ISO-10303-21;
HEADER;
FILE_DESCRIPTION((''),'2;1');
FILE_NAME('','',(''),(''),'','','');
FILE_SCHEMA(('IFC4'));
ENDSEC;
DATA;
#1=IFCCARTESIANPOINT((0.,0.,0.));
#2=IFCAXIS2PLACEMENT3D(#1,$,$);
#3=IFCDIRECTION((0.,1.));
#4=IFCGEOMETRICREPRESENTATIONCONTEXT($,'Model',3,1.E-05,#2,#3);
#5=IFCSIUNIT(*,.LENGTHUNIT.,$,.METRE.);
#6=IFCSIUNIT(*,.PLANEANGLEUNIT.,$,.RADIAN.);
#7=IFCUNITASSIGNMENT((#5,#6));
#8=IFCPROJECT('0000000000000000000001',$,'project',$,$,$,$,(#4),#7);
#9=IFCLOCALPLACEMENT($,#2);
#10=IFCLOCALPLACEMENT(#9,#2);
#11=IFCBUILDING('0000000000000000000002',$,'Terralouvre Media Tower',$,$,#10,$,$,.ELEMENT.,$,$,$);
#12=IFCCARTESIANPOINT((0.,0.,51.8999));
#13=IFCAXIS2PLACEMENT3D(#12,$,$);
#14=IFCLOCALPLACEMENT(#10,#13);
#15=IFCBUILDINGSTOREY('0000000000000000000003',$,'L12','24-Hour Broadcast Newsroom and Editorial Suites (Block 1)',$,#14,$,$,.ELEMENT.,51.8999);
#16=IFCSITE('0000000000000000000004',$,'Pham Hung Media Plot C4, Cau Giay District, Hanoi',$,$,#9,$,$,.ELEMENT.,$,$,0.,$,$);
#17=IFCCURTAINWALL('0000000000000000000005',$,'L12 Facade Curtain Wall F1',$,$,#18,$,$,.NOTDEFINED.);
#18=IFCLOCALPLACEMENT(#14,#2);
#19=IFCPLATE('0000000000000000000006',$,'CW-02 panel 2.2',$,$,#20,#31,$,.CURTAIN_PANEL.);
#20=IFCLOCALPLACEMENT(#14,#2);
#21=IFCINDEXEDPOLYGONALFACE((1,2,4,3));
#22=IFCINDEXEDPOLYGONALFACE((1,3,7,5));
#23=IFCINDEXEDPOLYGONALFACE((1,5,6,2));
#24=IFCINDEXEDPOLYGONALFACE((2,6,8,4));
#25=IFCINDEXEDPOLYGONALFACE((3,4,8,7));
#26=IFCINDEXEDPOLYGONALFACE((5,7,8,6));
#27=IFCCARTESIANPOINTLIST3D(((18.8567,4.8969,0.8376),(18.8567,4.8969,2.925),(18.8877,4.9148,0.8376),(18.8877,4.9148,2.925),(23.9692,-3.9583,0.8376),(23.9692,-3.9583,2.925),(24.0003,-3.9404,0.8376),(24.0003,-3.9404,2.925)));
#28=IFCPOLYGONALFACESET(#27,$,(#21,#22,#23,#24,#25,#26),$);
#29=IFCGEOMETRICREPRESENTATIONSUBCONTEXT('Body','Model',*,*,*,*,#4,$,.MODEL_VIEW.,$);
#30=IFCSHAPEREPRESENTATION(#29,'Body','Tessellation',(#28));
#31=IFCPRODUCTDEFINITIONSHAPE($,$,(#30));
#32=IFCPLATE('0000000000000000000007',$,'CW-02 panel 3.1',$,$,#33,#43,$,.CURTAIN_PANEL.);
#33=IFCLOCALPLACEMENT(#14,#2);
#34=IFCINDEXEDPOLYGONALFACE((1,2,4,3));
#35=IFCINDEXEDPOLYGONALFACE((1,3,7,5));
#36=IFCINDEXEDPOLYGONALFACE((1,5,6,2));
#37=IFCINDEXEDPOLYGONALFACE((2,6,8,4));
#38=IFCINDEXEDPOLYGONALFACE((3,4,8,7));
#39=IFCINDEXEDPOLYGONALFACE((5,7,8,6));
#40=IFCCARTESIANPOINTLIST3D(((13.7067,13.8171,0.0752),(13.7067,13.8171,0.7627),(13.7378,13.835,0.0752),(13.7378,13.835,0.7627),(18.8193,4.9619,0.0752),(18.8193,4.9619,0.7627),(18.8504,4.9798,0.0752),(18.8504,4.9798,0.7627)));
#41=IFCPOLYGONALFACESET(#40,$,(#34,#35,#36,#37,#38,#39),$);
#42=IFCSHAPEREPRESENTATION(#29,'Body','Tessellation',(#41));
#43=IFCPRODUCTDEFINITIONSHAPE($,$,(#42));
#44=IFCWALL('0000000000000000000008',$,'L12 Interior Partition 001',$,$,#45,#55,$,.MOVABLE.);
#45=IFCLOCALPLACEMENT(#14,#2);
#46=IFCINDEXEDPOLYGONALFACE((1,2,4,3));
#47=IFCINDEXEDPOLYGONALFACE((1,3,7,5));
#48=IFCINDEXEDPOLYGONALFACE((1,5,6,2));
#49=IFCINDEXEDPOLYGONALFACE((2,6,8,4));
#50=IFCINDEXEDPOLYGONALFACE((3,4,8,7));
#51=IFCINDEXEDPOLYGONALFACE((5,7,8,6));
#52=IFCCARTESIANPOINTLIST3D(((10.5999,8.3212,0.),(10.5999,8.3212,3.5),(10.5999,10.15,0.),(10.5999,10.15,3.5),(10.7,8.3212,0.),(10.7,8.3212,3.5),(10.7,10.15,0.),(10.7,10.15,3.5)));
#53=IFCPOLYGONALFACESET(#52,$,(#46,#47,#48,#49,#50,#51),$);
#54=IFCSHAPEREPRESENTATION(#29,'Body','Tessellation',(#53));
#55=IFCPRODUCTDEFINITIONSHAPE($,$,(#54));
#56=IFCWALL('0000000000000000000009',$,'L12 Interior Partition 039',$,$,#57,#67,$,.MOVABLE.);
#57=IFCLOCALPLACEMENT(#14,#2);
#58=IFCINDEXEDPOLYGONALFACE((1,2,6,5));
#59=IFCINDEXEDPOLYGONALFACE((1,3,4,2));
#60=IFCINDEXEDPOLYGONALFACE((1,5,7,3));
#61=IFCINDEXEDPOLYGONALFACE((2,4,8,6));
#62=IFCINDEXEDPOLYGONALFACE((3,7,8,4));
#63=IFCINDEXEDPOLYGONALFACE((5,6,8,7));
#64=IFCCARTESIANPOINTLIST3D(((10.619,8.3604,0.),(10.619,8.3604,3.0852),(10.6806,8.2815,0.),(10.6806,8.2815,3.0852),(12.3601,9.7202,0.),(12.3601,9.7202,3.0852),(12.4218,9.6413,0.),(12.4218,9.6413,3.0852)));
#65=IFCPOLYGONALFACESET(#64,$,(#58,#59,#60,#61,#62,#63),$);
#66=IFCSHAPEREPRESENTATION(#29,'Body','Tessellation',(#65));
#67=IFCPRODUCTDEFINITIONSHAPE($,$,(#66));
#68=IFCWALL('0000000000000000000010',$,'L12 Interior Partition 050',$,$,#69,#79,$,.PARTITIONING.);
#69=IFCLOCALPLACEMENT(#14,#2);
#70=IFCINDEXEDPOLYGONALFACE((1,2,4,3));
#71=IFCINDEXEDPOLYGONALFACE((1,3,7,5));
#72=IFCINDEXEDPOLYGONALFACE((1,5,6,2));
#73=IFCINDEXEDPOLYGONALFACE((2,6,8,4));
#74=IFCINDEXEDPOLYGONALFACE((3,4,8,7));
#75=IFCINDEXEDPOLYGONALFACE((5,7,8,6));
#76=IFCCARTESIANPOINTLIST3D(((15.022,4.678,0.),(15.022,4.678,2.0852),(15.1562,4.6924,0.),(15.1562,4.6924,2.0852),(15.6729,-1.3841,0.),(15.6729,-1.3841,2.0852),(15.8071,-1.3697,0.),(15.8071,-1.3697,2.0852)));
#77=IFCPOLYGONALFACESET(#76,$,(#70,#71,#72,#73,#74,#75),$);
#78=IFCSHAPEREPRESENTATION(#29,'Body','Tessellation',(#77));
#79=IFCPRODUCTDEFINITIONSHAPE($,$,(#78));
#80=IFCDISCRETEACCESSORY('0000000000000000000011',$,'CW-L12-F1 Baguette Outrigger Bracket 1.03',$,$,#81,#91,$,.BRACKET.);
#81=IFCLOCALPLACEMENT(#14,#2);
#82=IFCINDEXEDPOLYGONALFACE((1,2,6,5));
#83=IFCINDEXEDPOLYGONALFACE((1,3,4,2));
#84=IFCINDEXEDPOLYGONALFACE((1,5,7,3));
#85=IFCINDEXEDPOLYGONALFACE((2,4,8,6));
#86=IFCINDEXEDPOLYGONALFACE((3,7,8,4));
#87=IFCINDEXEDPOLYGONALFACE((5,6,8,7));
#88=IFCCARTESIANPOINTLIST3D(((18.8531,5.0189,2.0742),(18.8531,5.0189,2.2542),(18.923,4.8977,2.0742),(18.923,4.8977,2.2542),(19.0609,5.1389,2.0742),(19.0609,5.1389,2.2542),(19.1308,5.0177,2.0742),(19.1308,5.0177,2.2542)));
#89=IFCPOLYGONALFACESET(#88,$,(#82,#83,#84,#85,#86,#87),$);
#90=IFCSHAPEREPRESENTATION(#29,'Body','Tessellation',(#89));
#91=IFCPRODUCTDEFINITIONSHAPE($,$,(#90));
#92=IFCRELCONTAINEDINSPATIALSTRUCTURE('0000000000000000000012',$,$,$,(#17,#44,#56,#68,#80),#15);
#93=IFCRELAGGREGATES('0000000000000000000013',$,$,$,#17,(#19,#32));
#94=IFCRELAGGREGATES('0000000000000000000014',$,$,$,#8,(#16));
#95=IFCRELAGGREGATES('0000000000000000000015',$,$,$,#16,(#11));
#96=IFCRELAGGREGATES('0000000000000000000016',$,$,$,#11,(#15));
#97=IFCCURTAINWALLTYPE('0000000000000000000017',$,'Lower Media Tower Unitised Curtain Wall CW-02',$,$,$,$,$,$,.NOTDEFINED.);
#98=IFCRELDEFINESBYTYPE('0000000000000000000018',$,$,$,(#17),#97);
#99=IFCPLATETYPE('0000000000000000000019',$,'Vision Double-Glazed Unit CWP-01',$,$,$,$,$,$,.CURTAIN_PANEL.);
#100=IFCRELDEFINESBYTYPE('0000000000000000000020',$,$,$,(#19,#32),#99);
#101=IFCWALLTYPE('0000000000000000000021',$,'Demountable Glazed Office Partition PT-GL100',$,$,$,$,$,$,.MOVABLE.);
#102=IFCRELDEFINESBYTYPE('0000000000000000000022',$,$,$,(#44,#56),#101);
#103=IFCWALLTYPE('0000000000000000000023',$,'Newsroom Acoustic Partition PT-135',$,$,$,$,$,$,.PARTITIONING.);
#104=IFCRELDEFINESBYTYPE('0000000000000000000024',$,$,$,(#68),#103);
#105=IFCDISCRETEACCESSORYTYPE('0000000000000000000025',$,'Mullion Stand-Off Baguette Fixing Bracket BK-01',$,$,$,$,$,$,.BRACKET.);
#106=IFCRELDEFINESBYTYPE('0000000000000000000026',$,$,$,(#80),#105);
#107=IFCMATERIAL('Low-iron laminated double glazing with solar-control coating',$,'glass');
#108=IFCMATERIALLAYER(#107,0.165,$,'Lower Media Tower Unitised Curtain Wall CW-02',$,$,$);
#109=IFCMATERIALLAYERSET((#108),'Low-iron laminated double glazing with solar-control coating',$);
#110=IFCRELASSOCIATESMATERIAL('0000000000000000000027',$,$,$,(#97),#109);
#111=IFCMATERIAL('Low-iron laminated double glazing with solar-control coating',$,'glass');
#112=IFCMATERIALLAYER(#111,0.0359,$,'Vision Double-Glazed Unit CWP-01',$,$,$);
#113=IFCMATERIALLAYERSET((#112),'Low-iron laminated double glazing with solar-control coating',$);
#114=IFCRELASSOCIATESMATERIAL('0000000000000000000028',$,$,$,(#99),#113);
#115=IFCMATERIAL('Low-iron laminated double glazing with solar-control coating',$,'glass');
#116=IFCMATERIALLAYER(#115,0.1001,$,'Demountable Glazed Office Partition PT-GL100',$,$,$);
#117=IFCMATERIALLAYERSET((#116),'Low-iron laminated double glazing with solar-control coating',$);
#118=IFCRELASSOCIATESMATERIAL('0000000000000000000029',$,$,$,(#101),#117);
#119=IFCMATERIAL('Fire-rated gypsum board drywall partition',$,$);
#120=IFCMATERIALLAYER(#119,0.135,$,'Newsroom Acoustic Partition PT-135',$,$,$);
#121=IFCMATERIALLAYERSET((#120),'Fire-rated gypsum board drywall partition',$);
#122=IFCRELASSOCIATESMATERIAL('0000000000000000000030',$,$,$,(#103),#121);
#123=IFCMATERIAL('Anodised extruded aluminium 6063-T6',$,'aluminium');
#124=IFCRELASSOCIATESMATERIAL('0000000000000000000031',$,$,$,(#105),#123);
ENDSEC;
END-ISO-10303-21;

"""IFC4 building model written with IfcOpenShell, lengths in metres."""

from ifc_helpers import new_model, si_unit, direction, frame, frame_2d, origin, origin_2d, place, context, subcontext, project, spatial, rectangle, extrude, material, layer, layer_set, type_object, element, aggregate, save


model = new_model("IFC4")

# Units and contexts
model_context = context("Model", 3, precision=1e-05, world=origin(), true_north=direction((0.0, 1.0)))
body_context = subcontext(model_context, "Body", "Model", "MODEL_VIEW")
ifc_project = project(units=[si_unit("LENGTHUNIT", "METRE"), si_unit("PLANEANGLEUNIT", "RADIAN")], contexts=[model_context])

# Site, building, storey
site_placement = place(None, origin())
site = spatial("IfcSite", under=ifc_project, at=site_placement, Name="Pham Hung Media Plot C4, Cau Giay District, Hanoi", CompositionType="ELEMENT", RefElevation=0.0)
building_placement = place(site_placement, origin())
building = spatial("IfcBuilding", under=site, at=building_placement, Name="Terralouvre Media Tower", CompositionType="ELEMENT")
storey_placement = place(building_placement, frame((0.0, 0.0, 51.8999)))
storey = spatial("IfcBuildingStorey", under=building, at=storey_placement, Name="L12", Description="24-Hour Broadcast Newsroom and Editorial Suites (Block 1)", CompositionType="ELEMENT", Elevation=51.8999)

# Curtain wall
ifc_material_1 = material(Name="Low-iron laminated double glazing with solar-control coating", Category="glass")
ifc_layer_1 = layer(ifc_material_1, 0.165, Name="Lower Media Tower Unitised Curtain Wall CW-02")
ifc_layer_set_1 = layer_set([ifc_layer_1], Name="Low-iron laminated double glazing with solar-control coating")
curtain_wall_type = type_object("IfcCurtainWallType", Name="Lower Media Tower Unitised Curtain Wall CW-02", PredefinedType="NOTDEFINED", material=ifc_layer_set_1)
curtain_wall_placement = place(storey_placement, origin())
curtain_wall = element("IfcCurtainWall", 1, at=curtain_wall_placement, inside=storey, type_object=curtain_wall_type, Name="L12 Facade Curtain Wall F1", PredefinedType="NOTDEFINED")

# Plates
ifc_material_2 = material(Name="Low-iron laminated double glazing with solar-control coating", Category="glass")
ifc_layer_2 = layer(ifc_material_2, 0.0359, Name="Vision Double-Glazed Unit CWP-01")
ifc_layer_set_2 = layer_set([ifc_layer_2], Name="Low-iron laminated double glazing with solar-control coating")
plate_type = type_object("IfcPlateType", Name="Vision Double-Glazed Unit CWP-01", PredefinedType="CURTAIN_PANEL", material=ifc_layer_set_2)
plate_1_placement = place(storey_placement, frame((21.4285, 0.4783, 0.8376), z_axis=(0.0, 0.0, 1.0), x_axis=(-0.5, 0.866025, 0.0)))
plate_1 = element("IfcPlate", 2, at=plate_1_placement, type_object=plate_type, Name="CW-02 panel 2.2", PredefinedType="CURTAIN_PANEL", context=body_context, shape_type="SweptSolid", body=[
    extrude(rectangle(XDim=10.2251, YDim=0.0359, at=origin_2d()), origin(), (0.0, 0.0, 1.0), 2.0874),
])
plate_2_placement = place(storey_placement, frame((16.2786, 9.3984, 0.0752), z_axis=(0.0, 0.0, 1.0), x_axis=(-0.5, 0.866025, 0.0)))
plate_2 = element("IfcPlate", 3, at=plate_2_placement, type_object=plate_type, Name="CW-02 panel 3.1", PredefinedType="CURTAIN_PANEL", context=body_context, shape_type="SweptSolid", body=[
    extrude(rectangle(XDim=10.2251, YDim=0.0359, at=origin_2d()), origin(), (0.0, 0.0, 1.0), 0.6875),
])
aggregate(curtain_wall, [plate_1, plate_2])

# Walls
ifc_material_3 = material(Name="Low-iron laminated double glazing with solar-control coating", Category="glass")
ifc_layer_3 = layer(ifc_material_3, 0.1001, Name="Demountable Glazed Office Partition PT-GL100")
ifc_layer_set_3 = layer_set([ifc_layer_3], Name="Low-iron laminated double glazing with solar-control coating")
wall_type_1 = type_object("IfcWallType", Name="Demountable Glazed Office Partition PT-GL100", PredefinedType="MOVABLE", material=ifc_layer_set_3)
wall_1_placement = place(storey_placement, frame((10.6499, 8.321, 0.0), z_axis=(0.0, 0.0, 1.0), x_axis=(0.0, 1.0, 0.0)))
element("IfcWall", 4, at=wall_1_placement, inside=storey, type_object=wall_type_1, Name="L12 Interior Partition 001", PredefinedType="MOVABLE", context=body_context, shape_type="SweptSolid", body=[
    extrude(rectangle(XDim=1.8289, YDim=0.1001, at=frame_2d((0.9146, 0.0))), origin(), (0.0, 0.0, 1.0), 3.5),
])
wall_2_placement = place(storey_placement, frame((10.6499, 8.321, 0.0), z_axis=(0.0, 0.0, 1.0), x_axis=(0.788125, 0.615515, 0.0)))
element("IfcWall", 5, at=wall_2_placement, inside=storey, type_object=wall_type_1, Name="L12 Interior Partition 039", PredefinedType="MOVABLE", context=body_context, shape_type="SweptSolid", body=[
    extrude(rectangle(XDim=2.2092, YDim=0.1001, at=frame_2d((1.1045, 0.0))), origin(), (0.0, 0.0, 1.0), 3.0852),
])
ifc_material_4 = material(Name="Fire-rated gypsum board drywall partition")
ifc_layer_4 = layer(ifc_material_4, 0.135, Name="Newsroom Acoustic Partition PT-135")
ifc_layer_set_4 = layer_set([ifc_layer_4], Name="Fire-rated gypsum board drywall partition")
wall_type_2 = type_object("IfcWallType", Name="Newsroom Acoustic Partition PT-135", PredefinedType="PARTITIONING", material=ifc_layer_set_4)
wall_3_placement = place(storey_placement, frame((15.0891, 4.6851, 0.0), z_axis=(0.0, 0.0, 1.0), x_axis=(0.106757, -0.994285, 0.0)))
element("IfcWall", 6, at=wall_3_placement, inside=storey, type_object=wall_type_2, Name="L12 Interior Partition 050", PredefinedType="PARTITIONING", context=body_context, shape_type="SweptSolid", body=[
    extrude(rectangle(XDim=6.0969, YDim=0.135, at=frame_2d((3.0483, 0.0))), origin(), (0.0, 0.0, 1.0), 2.0852),
])

# Discrete accessory
ifc_material_5 = material(Name="Anodised extruded aluminium 6063-T6", Category="aluminium")
discrete_accessory_type = type_object("IfcDiscreteAccessoryType", Name="Mullion Stand-Off Baguette Fixing Bracket BK-01", PredefinedType="BRACKET", material=ifc_material_5)
discrete_accessory_placement = place(storey_placement, frame((18.9919, 5.0183, 2.0742), z_axis=(0.0, 0.0, 1.0), x_axis=(-0.5, 0.866025, 0.0)))
element("IfcDiscreteAccessory", 7, at=discrete_accessory_placement, inside=storey, type_object=discrete_accessory_type, Name="CW-L12-F1 Baguette Outrigger Bracket 1.03", PredefinedType="BRACKET", context=body_context, shape_type="SweptSolid", body=[
    extrude(rectangle(XDim=0.1399, YDim=0.24, at=origin_2d()), origin(), (0.0, 0.0, 1.0), 0.1799),
])

save(model, "model.ifc")
